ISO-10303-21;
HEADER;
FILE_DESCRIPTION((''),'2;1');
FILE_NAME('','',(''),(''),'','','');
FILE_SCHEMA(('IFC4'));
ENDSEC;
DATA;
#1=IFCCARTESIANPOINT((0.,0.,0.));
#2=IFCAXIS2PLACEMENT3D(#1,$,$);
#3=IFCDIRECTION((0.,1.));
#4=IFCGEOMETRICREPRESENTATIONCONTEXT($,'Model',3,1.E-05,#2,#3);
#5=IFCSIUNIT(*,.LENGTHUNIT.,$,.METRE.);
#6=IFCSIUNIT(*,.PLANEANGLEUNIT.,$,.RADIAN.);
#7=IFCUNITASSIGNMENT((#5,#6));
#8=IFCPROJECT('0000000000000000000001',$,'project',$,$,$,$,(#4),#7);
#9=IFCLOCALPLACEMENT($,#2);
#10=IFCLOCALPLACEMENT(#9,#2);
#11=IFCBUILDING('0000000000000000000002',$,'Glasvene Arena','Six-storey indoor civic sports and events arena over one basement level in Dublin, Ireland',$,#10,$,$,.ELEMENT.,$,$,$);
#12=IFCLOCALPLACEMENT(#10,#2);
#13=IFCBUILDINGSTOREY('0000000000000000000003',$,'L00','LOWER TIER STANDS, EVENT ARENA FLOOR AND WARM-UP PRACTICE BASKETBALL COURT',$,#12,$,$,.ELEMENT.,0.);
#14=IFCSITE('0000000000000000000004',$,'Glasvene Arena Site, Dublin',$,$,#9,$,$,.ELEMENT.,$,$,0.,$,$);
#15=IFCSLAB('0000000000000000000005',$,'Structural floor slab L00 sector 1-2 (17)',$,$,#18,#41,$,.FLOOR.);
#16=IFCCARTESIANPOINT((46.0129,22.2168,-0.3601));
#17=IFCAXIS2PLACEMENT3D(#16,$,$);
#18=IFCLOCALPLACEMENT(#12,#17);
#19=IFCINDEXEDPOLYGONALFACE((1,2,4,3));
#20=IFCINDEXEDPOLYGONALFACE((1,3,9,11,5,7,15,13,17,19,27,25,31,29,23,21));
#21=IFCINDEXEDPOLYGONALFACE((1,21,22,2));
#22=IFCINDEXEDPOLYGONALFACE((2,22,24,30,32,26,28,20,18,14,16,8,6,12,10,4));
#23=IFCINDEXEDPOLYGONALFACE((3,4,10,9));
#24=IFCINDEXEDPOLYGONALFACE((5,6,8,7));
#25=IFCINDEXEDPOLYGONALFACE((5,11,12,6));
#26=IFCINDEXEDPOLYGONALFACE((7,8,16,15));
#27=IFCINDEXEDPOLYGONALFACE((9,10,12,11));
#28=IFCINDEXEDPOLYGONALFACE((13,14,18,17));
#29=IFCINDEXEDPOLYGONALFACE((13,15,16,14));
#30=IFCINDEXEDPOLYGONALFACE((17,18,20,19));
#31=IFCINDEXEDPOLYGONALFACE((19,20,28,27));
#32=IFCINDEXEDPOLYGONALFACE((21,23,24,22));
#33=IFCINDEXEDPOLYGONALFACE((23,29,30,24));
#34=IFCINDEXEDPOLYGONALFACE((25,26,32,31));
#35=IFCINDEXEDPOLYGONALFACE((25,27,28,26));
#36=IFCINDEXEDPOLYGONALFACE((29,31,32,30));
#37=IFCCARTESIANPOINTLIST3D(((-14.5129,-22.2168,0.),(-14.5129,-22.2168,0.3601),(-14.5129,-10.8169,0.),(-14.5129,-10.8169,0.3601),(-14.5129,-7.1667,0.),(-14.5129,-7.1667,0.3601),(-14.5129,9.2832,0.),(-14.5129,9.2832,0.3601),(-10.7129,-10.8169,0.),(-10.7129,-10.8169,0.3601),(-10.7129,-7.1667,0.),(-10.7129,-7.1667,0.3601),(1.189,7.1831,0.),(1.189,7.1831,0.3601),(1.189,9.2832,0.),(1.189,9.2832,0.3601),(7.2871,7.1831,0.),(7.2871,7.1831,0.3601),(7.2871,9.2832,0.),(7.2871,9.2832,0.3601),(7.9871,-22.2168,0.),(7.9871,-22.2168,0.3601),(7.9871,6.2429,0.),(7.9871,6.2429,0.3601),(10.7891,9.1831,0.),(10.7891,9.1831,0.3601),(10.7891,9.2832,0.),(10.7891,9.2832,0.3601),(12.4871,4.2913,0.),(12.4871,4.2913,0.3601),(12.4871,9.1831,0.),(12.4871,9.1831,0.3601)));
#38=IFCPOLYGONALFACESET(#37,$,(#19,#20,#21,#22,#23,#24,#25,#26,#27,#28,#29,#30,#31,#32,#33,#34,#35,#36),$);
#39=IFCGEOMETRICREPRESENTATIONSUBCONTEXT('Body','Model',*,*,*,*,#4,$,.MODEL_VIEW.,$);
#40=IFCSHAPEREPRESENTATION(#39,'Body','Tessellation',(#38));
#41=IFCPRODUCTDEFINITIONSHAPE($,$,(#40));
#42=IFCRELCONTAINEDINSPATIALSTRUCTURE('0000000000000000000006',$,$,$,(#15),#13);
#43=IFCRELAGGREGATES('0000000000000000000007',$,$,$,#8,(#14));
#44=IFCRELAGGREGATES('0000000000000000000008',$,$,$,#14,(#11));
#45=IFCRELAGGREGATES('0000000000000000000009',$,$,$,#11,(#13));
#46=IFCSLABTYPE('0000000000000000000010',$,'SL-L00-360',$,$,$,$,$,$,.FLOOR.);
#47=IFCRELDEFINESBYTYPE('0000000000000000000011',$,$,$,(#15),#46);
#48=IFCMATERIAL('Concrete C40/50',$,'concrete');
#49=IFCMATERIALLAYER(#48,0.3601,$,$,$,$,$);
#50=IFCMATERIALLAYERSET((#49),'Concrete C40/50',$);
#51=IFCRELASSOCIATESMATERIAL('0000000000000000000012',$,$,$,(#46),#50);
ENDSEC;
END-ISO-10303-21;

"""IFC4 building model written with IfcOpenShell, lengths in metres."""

from ifc_helpers import new_model, si_unit, direction, frame, origin, place, context, subcontext, project, spatial, polyline, outline, extrude, material, layer, layer_set, type_object, element, save


model = new_model("IFC4")

# Units and contexts
model_context = context("Model", 3, precision=1e-05, world=origin(), true_north=direction((0.0, 1.0)))
body_context = subcontext(model_context, "Body", "Model", "MODEL_VIEW")
ifc_project = project(units=[si_unit("LENGTHUNIT", "METRE"), si_unit("PLANEANGLEUNIT", "RADIAN")], contexts=[model_context])

# Site, building, storey
site_placement = place(None, origin())
site = spatial("IfcSite", under=ifc_project, at=site_placement, Name="Glasvene Arena Site, Dublin", CompositionType="ELEMENT", RefElevation=0.0)
building_placement = place(site_placement, origin())
building = spatial("IfcBuilding", under=site, at=building_placement, Name="Glasvene Arena", Description="Six-storey indoor civic sports and events arena over one basement level in Dublin, Ireland", CompositionType="ELEMENT")
storey_placement = place(building_placement, origin())
storey = spatial("IfcBuildingStorey", under=building, at=storey_placement, Name="L00", Description="LOWER TIER STANDS, EVENT ARENA FLOOR AND WARM-UP PRACTICE BASKETBALL COURT", CompositionType="ELEMENT", Elevation=0.0)

# Slab
ifc_material_1 = material(Name="Concrete C40/50", Category="concrete")
ifc_layer_1 = layer(ifc_material_1, 0.3601)
ifc_layer_set_1 = layer_set([ifc_layer_1], Name="Concrete C40/50")
slab_type = type_object("IfcSlabType", Name="SL-L00-360", PredefinedType="FLOOR", material=ifc_layer_set_1)
slab_placement = place(storey_placement, frame((46.0129, 22.2168, -0.3601)))
element("IfcSlab", 1, at=slab_placement, inside=storey, type_object=slab_type, Name="Structural floor slab L00 sector 1-2 (17)", PredefinedType="FLOOR", context=body_context, shape_type="SweptSolid", body=[
    extrude(outline(polyline([(7.9871, -22.2168), (-14.5129, -22.2168), (-14.5129, -10.8169), (-10.7129, -10.8169), (-10.7129, -7.1667), (-14.5129, -7.1667), (-14.5129, 9.2832), (1.189, 9.2832), (1.189, 7.1831), (7.2871, 7.1831), (7.2871, 9.2832), (10.7891, 9.2832), (10.7891, 9.1831), (12.4871, 9.1831), (12.4871, 4.2913), (7.9871, 6.2429), (7.9871, -22.2168)])), origin(), (0.0, 0.0, 1.0), 0.3601),
])

save(model, "model.ifc")
